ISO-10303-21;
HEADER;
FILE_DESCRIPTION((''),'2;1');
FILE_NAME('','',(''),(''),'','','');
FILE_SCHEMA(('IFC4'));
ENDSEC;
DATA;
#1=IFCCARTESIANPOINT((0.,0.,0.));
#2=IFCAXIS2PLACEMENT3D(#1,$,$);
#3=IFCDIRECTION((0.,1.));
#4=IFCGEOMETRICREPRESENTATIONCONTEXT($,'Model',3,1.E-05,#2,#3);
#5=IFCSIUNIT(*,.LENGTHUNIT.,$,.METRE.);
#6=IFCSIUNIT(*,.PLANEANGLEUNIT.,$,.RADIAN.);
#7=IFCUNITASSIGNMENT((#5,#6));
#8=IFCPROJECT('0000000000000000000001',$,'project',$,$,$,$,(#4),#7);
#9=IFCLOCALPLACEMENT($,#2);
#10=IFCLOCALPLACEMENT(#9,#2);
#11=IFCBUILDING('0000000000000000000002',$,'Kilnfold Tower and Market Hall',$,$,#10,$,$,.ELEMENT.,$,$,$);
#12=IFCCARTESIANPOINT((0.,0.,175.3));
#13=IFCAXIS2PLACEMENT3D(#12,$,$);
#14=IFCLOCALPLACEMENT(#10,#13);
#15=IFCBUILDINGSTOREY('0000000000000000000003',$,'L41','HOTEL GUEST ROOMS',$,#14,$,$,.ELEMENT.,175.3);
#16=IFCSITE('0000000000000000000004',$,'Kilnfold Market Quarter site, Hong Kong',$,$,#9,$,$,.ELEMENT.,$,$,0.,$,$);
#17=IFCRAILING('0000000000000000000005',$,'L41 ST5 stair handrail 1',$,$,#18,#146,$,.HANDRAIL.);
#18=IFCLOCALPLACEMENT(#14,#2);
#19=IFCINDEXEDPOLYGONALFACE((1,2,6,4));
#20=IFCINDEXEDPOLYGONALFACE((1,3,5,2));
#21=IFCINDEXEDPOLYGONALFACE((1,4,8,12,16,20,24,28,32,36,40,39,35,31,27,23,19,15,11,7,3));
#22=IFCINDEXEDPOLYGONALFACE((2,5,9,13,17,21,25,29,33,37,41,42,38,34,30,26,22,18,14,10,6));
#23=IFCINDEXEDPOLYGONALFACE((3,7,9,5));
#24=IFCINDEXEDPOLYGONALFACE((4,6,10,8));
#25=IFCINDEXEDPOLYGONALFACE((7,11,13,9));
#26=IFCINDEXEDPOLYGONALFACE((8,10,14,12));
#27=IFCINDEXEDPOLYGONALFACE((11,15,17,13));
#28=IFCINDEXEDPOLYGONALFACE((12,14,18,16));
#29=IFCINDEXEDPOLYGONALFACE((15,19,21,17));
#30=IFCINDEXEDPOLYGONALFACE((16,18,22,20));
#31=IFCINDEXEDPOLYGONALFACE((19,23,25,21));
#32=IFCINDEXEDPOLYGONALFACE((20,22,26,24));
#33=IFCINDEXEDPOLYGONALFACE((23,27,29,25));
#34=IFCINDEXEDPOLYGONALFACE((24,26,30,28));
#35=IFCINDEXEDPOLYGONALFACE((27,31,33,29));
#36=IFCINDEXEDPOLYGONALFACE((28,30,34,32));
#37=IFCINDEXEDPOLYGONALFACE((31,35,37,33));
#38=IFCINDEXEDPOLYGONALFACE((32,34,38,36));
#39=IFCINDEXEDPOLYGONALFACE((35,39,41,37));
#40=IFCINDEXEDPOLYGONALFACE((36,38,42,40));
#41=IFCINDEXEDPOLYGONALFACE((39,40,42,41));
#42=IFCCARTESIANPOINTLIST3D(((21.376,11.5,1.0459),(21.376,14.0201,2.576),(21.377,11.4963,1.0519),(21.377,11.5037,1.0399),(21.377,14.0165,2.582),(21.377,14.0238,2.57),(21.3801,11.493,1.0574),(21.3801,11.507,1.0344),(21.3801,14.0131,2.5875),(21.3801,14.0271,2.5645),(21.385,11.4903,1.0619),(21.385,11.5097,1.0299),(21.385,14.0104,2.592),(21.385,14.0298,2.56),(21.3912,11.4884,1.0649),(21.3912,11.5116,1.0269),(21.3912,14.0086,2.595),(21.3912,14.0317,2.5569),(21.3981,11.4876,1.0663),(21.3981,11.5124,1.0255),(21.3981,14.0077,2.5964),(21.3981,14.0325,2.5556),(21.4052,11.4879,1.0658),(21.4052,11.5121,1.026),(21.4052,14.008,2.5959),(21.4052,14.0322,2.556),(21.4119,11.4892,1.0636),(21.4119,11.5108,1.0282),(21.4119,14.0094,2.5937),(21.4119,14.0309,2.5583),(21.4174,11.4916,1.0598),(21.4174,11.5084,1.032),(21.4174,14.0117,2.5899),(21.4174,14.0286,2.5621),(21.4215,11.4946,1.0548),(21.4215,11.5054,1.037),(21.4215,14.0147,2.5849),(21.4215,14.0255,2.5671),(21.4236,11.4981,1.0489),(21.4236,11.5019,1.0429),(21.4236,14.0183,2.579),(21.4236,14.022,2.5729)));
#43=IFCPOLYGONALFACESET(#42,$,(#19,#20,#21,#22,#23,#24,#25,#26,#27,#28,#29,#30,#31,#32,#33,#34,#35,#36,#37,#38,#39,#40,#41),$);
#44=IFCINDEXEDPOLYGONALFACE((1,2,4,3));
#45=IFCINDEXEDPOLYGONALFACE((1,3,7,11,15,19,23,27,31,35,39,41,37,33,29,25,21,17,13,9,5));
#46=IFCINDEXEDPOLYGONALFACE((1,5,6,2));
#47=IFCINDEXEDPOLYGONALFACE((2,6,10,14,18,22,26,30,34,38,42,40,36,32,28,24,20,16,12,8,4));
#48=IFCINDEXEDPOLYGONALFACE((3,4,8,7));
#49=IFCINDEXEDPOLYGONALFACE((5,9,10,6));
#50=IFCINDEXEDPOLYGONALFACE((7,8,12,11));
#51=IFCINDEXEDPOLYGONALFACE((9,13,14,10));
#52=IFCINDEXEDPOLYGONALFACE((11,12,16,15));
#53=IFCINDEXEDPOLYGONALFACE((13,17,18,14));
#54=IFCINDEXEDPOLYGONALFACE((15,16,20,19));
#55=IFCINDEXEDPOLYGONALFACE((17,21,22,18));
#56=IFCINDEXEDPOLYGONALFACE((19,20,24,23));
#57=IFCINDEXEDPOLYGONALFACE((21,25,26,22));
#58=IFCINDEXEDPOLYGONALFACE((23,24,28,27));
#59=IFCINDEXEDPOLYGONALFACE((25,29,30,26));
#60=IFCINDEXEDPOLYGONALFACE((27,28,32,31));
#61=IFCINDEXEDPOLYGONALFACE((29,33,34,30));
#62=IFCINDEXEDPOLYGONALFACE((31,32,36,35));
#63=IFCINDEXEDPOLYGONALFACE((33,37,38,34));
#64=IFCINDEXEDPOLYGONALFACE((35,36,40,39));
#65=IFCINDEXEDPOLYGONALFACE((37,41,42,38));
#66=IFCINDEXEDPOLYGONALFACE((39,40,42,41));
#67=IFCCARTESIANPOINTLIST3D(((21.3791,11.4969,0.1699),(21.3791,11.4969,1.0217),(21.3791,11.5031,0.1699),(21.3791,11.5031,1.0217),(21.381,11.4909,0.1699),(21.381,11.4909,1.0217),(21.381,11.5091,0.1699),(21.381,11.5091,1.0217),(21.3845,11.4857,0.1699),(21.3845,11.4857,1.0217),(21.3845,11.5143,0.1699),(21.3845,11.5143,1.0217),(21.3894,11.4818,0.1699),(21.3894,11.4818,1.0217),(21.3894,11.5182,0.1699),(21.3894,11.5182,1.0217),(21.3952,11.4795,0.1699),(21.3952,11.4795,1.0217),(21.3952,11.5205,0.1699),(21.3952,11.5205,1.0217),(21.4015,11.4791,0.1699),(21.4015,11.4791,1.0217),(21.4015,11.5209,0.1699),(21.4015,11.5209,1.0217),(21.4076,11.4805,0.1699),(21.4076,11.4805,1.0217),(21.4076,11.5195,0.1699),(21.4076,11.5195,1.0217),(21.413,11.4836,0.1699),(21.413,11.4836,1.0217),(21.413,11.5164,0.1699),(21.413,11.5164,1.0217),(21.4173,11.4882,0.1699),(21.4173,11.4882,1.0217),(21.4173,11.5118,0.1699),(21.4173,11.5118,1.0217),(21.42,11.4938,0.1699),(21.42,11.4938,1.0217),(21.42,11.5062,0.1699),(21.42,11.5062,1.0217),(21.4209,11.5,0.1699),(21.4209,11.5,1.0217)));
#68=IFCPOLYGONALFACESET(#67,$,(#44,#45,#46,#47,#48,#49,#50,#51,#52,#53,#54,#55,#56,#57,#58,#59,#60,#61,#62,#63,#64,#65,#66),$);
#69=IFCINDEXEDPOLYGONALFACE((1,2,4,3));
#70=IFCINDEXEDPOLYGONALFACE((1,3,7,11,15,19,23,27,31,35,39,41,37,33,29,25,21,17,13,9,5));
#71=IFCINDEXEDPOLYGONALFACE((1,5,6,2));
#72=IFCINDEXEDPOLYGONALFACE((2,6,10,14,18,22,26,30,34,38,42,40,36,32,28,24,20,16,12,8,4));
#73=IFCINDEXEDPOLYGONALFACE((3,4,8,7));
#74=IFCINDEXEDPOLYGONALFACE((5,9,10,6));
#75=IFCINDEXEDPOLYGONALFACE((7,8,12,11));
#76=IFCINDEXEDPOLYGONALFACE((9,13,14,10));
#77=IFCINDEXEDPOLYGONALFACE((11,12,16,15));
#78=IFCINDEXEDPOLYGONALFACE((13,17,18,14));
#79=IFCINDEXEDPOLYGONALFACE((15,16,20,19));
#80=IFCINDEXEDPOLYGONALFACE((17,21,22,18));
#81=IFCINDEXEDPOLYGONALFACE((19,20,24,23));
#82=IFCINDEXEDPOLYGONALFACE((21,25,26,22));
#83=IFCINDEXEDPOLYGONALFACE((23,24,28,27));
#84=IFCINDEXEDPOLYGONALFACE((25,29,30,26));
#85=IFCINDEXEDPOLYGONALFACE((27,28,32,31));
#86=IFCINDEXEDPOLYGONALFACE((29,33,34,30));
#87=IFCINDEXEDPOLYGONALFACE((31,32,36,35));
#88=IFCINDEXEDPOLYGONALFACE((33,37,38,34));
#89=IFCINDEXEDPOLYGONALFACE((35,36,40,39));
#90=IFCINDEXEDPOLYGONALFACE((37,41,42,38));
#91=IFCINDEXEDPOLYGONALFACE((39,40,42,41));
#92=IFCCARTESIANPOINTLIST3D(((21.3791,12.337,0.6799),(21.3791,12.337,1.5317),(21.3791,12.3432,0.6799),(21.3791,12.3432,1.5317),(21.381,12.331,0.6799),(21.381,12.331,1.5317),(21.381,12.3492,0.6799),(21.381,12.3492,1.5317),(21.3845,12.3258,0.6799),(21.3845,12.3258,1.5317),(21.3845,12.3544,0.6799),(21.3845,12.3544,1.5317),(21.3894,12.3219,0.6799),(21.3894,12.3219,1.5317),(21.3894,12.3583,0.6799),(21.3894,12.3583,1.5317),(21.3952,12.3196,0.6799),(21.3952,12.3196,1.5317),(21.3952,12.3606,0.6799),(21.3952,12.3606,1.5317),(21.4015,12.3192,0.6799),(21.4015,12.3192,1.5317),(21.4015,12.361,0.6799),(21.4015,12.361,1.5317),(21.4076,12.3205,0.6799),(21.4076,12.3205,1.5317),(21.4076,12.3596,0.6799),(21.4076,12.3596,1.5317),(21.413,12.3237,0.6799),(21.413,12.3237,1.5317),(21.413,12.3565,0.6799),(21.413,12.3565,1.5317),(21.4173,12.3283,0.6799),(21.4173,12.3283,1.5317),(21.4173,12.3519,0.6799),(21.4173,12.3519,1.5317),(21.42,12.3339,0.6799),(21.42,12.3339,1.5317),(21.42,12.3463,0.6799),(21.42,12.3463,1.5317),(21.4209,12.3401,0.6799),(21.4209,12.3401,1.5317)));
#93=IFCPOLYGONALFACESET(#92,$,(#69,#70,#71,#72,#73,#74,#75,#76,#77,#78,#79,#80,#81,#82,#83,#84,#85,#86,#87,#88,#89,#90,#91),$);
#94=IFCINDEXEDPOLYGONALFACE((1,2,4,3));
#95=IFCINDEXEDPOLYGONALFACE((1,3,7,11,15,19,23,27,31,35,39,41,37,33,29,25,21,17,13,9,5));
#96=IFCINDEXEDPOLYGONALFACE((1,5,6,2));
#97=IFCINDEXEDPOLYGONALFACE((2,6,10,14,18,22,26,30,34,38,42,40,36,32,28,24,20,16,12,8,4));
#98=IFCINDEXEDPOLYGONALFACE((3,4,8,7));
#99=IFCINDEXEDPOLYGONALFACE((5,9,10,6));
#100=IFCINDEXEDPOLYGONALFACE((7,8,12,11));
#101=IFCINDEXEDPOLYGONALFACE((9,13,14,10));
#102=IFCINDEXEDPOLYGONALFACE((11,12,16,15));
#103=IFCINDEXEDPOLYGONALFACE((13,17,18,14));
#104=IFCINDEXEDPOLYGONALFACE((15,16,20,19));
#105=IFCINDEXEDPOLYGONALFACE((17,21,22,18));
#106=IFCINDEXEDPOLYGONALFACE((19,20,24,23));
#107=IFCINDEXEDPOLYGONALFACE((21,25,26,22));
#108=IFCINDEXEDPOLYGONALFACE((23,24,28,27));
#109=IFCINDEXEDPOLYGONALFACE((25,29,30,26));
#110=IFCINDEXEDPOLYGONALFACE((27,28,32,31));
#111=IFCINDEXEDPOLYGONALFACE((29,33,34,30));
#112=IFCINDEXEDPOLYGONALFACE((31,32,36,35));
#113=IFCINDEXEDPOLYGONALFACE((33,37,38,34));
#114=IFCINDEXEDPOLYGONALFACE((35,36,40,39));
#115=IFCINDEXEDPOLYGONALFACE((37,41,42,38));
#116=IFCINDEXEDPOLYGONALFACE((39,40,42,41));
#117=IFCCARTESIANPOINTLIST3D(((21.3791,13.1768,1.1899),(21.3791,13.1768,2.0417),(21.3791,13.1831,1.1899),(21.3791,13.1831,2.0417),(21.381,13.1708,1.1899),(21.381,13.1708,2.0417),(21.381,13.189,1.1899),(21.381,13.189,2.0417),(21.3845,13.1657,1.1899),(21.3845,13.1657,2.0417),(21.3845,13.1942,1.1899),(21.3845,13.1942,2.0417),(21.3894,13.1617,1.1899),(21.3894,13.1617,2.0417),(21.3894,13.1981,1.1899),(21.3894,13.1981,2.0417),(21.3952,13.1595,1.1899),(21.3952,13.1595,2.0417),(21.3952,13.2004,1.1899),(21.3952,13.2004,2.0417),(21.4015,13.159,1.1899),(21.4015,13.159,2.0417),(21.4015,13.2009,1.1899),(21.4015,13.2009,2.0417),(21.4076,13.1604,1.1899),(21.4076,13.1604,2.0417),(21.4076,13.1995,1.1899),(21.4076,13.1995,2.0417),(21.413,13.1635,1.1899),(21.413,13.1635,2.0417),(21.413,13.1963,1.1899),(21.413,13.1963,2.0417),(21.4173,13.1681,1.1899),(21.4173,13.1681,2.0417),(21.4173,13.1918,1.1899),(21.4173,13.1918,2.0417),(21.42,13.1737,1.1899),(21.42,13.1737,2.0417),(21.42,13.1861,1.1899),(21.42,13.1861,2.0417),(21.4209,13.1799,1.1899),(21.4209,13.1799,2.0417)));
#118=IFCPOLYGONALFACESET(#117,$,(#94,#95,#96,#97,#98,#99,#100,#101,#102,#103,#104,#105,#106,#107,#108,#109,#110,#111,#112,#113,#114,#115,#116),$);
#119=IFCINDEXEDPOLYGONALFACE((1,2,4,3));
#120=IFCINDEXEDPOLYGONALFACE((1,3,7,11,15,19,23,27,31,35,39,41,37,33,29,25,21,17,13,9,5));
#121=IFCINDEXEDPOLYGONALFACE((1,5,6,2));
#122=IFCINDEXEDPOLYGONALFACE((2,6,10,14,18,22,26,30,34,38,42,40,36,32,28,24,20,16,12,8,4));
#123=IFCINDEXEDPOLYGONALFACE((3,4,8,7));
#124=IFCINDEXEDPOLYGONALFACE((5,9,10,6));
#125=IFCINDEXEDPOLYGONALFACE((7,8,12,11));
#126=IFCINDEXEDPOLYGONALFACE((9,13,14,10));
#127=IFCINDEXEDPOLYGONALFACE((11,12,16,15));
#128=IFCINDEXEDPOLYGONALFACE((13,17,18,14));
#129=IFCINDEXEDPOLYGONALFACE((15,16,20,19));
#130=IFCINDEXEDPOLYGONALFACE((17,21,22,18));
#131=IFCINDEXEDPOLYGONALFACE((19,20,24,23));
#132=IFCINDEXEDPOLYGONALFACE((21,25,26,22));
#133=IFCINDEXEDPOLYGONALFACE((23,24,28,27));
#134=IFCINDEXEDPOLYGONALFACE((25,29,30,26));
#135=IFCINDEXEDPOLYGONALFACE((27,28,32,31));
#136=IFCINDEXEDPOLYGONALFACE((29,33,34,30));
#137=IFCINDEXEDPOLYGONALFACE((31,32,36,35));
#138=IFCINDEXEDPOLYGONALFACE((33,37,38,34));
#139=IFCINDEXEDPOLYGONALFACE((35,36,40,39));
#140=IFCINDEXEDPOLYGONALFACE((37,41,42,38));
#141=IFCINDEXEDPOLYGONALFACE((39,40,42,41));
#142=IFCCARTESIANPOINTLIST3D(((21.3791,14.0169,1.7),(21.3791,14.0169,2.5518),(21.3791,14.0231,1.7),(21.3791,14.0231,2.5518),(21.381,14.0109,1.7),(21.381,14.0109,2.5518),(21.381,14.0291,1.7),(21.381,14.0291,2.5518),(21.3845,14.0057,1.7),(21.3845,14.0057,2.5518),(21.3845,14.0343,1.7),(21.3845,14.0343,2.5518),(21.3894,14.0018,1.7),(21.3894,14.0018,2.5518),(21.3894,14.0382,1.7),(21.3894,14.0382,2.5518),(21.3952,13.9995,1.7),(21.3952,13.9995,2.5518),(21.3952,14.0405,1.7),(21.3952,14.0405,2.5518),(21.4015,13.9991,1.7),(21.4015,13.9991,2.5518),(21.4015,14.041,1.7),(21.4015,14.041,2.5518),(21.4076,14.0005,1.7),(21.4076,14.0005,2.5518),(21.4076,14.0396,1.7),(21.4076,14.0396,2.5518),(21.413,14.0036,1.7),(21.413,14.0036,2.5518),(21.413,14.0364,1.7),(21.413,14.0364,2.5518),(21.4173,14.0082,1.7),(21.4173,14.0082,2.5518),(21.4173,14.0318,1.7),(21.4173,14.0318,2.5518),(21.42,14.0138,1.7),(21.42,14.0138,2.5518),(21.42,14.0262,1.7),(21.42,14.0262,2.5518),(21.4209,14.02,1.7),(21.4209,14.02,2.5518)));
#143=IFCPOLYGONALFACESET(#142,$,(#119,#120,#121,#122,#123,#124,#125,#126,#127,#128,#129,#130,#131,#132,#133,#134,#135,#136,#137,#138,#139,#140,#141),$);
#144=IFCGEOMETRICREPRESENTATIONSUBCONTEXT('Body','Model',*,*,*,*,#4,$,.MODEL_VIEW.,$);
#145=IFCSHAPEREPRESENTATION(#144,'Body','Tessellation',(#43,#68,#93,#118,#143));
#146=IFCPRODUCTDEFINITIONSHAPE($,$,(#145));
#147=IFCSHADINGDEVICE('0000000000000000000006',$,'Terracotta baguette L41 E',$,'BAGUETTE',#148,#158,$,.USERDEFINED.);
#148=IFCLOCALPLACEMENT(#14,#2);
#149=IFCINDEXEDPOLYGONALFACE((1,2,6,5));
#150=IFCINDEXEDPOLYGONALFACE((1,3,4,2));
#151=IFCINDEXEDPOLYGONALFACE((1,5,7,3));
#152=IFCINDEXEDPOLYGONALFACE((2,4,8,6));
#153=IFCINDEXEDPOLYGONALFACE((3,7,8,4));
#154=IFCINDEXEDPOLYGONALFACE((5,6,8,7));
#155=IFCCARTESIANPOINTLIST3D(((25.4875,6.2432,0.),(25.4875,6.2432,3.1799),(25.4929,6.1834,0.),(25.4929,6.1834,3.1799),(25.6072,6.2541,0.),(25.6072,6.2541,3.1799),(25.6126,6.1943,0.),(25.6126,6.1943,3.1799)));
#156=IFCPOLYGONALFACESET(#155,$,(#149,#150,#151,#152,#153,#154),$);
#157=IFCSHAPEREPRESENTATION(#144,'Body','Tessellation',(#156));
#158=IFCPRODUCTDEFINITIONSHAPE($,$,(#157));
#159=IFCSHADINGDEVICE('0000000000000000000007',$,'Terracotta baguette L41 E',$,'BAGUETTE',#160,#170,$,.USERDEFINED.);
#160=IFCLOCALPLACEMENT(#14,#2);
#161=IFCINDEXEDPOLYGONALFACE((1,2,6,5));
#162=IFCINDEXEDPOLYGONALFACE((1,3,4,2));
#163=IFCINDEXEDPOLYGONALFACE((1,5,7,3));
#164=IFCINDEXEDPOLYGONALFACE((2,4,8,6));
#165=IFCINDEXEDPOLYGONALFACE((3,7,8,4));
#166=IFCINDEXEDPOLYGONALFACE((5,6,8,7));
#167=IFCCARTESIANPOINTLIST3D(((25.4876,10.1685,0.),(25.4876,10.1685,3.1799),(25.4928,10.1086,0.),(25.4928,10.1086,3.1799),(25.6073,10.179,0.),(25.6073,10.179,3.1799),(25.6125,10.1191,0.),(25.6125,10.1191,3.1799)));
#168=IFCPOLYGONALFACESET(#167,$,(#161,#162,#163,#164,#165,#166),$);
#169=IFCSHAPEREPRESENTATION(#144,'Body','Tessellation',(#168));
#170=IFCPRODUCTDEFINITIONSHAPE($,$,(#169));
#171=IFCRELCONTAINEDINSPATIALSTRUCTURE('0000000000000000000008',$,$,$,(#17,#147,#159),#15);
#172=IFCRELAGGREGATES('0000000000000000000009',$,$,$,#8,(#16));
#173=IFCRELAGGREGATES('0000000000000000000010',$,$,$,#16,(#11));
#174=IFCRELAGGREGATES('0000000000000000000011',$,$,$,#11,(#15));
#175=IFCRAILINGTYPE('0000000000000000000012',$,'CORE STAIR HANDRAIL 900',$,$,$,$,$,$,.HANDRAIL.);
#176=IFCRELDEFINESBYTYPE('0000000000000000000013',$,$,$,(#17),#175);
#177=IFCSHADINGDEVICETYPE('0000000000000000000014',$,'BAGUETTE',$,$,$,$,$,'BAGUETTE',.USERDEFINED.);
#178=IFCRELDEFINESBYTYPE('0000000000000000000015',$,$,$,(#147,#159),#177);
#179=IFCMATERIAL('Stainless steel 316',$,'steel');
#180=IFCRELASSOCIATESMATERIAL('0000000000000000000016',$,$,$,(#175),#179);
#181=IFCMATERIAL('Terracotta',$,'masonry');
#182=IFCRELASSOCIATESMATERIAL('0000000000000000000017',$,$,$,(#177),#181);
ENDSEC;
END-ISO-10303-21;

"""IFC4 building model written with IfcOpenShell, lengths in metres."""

from ifc_helpers import new_model, si_unit, direction, frame, origin, origin_2d, place, context, subcontext, project, spatial, rectangle, circle, extrude, source, transform, mapped, material, material_profile, profile_set, type_object, element, save


model = new_model("IFC4")

# Units and contexts
model_context = context("Model", 3, precision=1e-05, world=origin(), true_north=direction((0.0, 1.0)))
body_context = subcontext(model_context, "Body", "Model", "MODEL_VIEW")
ifc_project = project(units=[si_unit("LENGTHUNIT", "METRE"), si_unit("PLANEANGLEUNIT", "RADIAN")], contexts=[model_context])

# Site, building, storey
site_placement = place(None, origin())
site = spatial("IfcSite", under=ifc_project, at=site_placement, Name="Kilnfold Market Quarter site, Hong Kong", CompositionType="ELEMENT", RefElevation=0.0)
building_placement = place(site_placement, origin())
building = spatial("IfcBuilding", under=site, at=building_placement, Name="Kilnfold Tower and Market Hall", CompositionType="ELEMENT")
storey_placement = place(building_placement, frame((0.0, 0.0, 175.3)))
storey = spatial("IfcBuildingStorey", under=building, at=storey_placement, Name="L41", Description="HOTEL GUEST ROOMS", CompositionType="ELEMENT", Elevation=175.3)

# Railing
ifc_material_1 = material(Name="Stainless steel 316", Category="steel")
railing_type_1 = type_object("IfcRailingType", Name="CORE STAIR HANDRAIL 900", PredefinedType="HANDRAIL", material=ifc_material_1)
railing_1_placement = place(storey_placement, frame((21.3999, 11.5, 0.1699)))
element("IfcRailing", 1, at=railing_1_placement, inside=storey, type_object=railing_type_1, Name="L41 ST5 stair handrail 1", PredefinedType="HANDRAIL", context=body_context, shape_type="SweptSolid", body=[
    extrude(circle(Radius=0.0239, at=origin_2d()), frame((0.0, 0.0, 0.876), z_axis=(0.0, 0.854785, 0.518982), x_axis=(-1.0, 0.0, 0.0)), (0.0, 0.0, 1.0), 2.9482),
    extrude(circle(Radius=0.021, at=origin_2d()), origin(), (0.0, 0.0, 1.0), 0.8518),
    extrude(circle(Radius=0.021, at=origin_2d()), frame((0.0, 0.8401, 0.51)), (0.0, 0.0, 1.0), 0.8518),
    extrude(circle(Radius=0.021, at=origin_2d()), frame((0.0, 1.6799, 1.02)), (0.0, 0.0, 1.0), 0.8518),
    extrude(circle(Radius=0.021, at=origin_2d()), frame((0.0, 2.52, 1.53)), (0.0, 0.0, 1.0), 0.8518),
])

# Shading devices
ifc_material_2 = material(Name="Terracotta", Category="masonry")
ifc_material_profile_1 = material_profile(ifc_material_2, rectangle(XDim=0.0601, YDim=0.1201, at=origin_2d()), Name="BAG 60x120")
ifc_profile_set_1 = profile_set([ifc_material_profile_1], Name="Terracotta")
shading_device_type = type_object("IfcShadingDeviceType", Name="BAGUETTE", ElementType="BAGUETTE", PredefinedType="USERDEFINED", material=ifc_profile_set_1)
shared_shape_1 = source(origin(), body_context, "Body", "SweptSolid", [
    extrude(rectangle(XDim=0.0601, YDim=0.1201, at=origin_2d()), origin(), (0.0, 0.0, 1.0), 3.1799),
])
for number, where, z_axis, x_axis, name in (
    (2, (25.55, 6.2188, 0.0), (0.0, 0.0, 1.0), (-0.090059, 0.995936, 0.0), "Terracotta baguette L41 E"),
    (3, (25.55, 10.1438, 0.0), (0.0, 0.0, 1.0), (-0.087457, 0.996168, 0.0), "Terracotta baguette L41 E"),
):
    element("IfcShadingDevice", number, at=place(storey_placement, frame(where, z_axis=z_axis, x_axis=x_axis)), inside=storey, type_object=shading_device_type, Name=name, ObjectType="BAGUETTE", PredefinedType="USERDEFINED", context=body_context, shape_type="MappedRepresentation", body=[
        mapped(shared_shape_1, transform((0.0, 0.0, 0.0))),
    ])

save(model, "model.ifc")
